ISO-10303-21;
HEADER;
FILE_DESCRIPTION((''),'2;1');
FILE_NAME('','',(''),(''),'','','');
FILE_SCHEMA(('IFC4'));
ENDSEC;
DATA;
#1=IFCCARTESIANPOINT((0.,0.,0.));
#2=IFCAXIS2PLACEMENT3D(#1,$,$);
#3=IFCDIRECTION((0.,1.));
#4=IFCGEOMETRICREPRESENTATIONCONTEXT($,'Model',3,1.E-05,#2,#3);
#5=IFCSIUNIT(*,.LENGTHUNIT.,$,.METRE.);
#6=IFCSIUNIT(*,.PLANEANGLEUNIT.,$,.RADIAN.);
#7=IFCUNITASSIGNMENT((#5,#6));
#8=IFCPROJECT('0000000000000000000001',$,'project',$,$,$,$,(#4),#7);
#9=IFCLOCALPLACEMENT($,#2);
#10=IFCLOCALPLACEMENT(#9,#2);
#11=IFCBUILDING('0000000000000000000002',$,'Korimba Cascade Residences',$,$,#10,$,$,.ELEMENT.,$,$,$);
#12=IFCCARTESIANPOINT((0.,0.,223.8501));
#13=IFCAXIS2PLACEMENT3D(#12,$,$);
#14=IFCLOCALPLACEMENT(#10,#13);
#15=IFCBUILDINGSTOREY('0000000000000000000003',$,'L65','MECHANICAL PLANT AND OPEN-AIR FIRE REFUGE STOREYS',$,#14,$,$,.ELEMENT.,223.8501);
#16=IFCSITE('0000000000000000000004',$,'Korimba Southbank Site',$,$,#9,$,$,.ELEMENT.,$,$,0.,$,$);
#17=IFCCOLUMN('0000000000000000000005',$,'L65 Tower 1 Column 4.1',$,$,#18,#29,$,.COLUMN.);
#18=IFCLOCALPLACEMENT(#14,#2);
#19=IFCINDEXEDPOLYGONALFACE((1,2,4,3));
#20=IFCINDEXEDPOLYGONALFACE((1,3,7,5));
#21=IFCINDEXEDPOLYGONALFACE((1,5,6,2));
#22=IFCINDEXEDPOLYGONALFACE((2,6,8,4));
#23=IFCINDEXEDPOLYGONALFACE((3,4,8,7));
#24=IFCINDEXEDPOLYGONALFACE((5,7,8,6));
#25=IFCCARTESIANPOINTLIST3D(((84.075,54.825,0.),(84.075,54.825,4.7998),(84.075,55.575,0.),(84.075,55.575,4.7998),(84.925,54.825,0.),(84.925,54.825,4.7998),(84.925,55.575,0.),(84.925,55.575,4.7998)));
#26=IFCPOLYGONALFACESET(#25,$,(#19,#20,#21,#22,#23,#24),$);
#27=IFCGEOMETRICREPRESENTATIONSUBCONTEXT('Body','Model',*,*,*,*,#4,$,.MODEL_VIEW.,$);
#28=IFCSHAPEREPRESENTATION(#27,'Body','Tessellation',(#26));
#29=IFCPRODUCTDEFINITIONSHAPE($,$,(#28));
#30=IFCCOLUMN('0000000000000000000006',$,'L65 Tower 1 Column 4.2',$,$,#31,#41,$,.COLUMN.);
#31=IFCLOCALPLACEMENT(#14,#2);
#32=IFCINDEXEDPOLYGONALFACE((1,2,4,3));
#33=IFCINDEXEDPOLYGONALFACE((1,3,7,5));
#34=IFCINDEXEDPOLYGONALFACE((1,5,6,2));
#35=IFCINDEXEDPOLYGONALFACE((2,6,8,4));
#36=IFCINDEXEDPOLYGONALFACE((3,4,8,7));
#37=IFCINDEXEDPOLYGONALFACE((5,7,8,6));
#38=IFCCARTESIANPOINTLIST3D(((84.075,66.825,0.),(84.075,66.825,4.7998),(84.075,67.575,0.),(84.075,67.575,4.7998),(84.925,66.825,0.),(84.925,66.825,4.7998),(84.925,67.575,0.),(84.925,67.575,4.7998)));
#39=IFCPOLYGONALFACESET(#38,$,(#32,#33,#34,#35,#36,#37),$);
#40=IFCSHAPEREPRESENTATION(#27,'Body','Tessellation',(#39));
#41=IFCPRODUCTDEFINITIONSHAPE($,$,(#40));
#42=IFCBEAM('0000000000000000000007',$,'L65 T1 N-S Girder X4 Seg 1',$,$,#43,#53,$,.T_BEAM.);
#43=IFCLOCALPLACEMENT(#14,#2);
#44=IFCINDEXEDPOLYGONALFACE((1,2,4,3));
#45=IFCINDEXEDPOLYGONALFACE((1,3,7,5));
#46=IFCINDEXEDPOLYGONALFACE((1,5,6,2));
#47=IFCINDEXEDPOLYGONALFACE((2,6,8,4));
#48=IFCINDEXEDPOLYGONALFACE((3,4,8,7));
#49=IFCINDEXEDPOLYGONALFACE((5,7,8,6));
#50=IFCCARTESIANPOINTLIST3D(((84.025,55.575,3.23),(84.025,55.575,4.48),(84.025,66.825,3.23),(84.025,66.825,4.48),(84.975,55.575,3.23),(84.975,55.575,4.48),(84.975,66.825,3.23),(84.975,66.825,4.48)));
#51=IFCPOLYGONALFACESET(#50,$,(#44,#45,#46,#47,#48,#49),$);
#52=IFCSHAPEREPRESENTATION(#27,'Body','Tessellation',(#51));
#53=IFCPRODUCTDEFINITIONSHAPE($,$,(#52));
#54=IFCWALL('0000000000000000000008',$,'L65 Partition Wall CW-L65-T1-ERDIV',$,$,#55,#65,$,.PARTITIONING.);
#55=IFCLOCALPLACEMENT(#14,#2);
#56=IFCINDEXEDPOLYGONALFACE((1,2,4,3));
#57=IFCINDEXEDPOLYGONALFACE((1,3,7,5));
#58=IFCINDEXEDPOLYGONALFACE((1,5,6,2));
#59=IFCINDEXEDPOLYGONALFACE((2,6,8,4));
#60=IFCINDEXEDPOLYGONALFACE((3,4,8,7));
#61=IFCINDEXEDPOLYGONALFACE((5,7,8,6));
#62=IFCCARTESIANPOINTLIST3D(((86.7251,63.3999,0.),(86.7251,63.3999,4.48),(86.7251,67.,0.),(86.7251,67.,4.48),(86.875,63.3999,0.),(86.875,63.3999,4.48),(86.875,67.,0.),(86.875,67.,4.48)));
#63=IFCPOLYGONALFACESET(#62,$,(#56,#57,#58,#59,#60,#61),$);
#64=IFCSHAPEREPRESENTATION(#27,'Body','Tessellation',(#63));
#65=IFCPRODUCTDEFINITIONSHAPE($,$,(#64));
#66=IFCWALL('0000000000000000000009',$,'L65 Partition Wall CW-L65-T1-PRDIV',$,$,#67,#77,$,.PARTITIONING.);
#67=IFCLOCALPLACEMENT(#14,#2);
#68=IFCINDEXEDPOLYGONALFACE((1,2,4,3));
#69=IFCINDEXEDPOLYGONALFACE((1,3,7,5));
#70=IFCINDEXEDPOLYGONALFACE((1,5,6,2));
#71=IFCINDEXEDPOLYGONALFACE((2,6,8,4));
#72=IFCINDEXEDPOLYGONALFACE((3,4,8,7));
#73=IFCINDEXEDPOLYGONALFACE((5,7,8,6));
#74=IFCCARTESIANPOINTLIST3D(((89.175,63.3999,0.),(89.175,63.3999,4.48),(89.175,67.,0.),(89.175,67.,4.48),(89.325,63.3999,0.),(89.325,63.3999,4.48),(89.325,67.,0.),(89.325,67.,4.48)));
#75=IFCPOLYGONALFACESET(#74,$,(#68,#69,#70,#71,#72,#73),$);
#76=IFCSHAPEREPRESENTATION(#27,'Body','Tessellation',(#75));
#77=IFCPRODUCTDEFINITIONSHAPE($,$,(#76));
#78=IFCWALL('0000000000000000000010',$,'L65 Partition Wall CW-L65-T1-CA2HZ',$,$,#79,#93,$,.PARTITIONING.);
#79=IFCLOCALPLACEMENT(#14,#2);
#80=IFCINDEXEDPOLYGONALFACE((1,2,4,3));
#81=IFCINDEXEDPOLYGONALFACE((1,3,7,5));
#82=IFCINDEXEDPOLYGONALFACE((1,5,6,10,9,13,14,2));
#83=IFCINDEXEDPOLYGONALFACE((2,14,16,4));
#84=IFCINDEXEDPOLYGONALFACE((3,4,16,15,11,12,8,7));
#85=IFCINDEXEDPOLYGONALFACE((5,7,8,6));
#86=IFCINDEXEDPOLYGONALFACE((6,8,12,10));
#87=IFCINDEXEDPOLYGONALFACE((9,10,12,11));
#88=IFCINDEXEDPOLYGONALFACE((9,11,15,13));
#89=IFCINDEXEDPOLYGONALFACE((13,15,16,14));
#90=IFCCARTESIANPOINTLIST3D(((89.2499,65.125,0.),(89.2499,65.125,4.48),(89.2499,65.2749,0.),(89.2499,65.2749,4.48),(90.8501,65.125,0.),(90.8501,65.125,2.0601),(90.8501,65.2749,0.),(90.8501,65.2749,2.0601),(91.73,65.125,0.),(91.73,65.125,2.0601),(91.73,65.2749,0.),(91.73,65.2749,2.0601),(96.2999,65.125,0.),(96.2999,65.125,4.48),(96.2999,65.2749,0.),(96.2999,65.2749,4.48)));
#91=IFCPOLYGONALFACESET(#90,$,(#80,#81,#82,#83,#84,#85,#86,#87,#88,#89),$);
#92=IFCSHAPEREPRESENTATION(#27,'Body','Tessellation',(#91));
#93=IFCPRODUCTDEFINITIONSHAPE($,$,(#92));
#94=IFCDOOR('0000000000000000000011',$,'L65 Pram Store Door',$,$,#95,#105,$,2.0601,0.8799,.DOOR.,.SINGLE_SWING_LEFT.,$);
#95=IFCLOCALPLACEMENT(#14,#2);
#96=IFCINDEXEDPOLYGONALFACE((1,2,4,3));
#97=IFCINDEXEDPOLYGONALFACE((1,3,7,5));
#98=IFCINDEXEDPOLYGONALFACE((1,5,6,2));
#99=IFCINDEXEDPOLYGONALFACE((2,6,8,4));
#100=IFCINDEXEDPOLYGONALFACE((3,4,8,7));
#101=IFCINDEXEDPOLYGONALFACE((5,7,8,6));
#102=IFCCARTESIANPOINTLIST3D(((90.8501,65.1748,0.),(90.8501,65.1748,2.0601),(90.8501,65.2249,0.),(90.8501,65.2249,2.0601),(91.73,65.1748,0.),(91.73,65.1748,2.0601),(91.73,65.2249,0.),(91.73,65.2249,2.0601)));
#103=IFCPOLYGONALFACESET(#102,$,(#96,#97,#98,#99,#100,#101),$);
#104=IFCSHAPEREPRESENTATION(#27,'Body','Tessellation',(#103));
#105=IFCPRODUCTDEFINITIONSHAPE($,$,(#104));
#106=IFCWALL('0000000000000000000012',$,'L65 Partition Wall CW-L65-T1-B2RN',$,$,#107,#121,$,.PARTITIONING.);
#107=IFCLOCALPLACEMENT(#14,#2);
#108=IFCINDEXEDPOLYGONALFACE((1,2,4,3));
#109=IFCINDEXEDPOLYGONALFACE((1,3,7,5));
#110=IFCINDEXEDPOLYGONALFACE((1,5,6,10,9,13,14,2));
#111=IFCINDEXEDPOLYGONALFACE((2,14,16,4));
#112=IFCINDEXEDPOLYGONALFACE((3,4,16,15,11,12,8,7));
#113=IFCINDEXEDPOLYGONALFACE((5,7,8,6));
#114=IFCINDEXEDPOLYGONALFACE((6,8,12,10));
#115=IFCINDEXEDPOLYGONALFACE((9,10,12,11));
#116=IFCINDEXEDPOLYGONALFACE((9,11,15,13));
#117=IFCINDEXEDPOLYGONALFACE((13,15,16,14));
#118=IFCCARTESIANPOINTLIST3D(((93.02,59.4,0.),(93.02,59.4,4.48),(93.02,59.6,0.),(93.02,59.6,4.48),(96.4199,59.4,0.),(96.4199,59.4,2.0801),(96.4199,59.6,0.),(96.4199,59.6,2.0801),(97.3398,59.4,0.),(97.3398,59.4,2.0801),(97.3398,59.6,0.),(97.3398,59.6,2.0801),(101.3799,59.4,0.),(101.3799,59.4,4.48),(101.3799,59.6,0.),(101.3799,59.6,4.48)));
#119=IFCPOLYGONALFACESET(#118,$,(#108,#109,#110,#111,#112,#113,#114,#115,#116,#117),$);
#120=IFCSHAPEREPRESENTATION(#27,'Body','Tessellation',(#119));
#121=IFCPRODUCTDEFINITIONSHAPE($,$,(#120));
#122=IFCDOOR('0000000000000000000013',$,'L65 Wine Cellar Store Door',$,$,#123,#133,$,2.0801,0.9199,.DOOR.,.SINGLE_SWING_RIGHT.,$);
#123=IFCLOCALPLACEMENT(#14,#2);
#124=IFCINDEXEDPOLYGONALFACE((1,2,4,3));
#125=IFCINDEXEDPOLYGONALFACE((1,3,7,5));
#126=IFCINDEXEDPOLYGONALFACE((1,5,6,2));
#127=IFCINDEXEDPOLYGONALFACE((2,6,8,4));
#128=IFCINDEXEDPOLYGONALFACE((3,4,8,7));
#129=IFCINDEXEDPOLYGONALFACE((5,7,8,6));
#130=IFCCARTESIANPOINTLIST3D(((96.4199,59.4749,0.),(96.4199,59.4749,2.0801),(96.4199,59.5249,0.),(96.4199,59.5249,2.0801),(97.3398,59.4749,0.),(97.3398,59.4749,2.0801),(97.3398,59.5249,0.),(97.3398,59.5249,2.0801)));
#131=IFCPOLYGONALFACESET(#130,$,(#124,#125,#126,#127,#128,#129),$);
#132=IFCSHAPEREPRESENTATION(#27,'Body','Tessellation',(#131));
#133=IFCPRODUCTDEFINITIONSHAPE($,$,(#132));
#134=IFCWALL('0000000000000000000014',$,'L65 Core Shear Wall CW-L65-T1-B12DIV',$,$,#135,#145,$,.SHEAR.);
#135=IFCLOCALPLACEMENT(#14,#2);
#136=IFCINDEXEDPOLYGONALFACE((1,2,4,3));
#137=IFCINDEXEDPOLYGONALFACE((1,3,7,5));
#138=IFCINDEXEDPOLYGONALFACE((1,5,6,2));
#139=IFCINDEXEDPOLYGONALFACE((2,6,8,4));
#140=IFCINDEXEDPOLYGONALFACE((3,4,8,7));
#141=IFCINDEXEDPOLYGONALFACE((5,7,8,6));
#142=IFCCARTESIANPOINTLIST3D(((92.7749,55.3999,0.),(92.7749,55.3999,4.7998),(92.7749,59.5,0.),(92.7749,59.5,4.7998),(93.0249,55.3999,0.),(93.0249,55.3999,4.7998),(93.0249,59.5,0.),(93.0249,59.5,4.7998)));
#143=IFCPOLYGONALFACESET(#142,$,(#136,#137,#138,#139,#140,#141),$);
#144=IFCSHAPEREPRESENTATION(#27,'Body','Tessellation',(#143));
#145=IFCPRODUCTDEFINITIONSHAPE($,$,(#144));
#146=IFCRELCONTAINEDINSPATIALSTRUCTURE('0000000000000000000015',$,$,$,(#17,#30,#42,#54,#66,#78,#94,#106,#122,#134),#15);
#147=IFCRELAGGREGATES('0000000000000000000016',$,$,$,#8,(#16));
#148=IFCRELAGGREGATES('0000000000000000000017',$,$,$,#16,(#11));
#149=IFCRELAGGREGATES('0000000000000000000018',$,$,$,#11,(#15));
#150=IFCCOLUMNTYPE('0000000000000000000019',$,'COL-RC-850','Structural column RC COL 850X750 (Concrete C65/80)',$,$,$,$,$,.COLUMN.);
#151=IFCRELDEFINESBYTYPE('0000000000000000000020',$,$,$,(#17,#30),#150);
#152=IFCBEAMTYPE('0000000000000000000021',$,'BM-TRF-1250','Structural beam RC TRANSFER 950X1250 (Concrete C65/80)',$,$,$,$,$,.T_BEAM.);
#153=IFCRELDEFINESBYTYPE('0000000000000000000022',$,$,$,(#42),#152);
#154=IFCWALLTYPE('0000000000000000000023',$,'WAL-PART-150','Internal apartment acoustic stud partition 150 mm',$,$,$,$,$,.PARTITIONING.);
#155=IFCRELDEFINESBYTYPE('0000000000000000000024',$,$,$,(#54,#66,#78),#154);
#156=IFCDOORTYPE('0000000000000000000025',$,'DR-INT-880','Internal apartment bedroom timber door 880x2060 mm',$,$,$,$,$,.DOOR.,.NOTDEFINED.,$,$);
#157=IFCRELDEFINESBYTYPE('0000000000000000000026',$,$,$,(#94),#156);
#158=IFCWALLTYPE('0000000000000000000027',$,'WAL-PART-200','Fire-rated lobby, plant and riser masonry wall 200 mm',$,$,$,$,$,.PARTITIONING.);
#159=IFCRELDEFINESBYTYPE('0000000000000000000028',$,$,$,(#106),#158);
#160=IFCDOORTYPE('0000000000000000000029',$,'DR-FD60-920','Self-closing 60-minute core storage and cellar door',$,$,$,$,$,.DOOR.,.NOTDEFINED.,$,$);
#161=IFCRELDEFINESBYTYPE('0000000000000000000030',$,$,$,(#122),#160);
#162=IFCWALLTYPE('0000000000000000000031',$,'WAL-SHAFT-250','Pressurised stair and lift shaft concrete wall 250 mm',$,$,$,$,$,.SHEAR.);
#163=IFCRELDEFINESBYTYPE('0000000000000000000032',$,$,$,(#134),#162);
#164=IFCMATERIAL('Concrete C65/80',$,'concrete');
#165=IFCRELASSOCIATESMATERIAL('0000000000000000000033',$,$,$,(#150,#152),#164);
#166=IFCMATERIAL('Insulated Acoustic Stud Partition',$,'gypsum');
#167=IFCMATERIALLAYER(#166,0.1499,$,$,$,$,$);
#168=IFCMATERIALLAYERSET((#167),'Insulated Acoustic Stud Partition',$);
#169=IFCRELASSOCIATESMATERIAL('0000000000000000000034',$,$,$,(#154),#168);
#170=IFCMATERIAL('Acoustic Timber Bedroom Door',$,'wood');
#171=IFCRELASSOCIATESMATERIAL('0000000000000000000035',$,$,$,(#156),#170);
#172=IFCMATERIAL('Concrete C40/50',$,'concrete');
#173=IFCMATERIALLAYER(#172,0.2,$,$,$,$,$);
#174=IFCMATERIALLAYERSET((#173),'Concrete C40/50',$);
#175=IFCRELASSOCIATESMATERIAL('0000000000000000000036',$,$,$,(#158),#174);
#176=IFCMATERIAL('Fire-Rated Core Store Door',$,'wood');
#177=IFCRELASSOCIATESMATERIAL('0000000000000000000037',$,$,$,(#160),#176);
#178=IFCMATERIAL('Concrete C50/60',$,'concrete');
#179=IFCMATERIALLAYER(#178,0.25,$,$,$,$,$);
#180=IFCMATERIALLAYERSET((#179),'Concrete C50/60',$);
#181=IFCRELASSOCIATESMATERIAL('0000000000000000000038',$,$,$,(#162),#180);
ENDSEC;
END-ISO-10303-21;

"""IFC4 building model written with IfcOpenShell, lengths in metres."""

from ifc_helpers import new_model, si_unit, direction, frame, frame_2d, origin, origin_2d, place, context, subcontext, project, spatial, rectangle, extrude, material, layer, layer_set, material_profile, profile_set, type_object, element, fill, save


model = new_model("IFC4")

# Units and contexts
model_context = context("Model", 3, precision=1e-05, world=origin(), true_north=direction((0.0, 1.0)))
body_context = subcontext(model_context, "Body", "Model", "MODEL_VIEW")
ifc_project = project(units=[si_unit("LENGTHUNIT", "METRE"), si_unit("PLANEANGLEUNIT", "RADIAN")], contexts=[model_context])

# Site, building, storey
site_placement = place(None, origin())
site = spatial("IfcSite", under=ifc_project, at=site_placement, Name="Korimba Southbank Site", CompositionType="ELEMENT", RefElevation=0.0)
building_placement = place(site_placement, origin())
building = spatial("IfcBuilding", under=site, at=building_placement, Name="Korimba Cascade Residences", CompositionType="ELEMENT")
storey_placement = place(building_placement, frame((0.0, 0.0, 223.8501)))
storey = spatial("IfcBuildingStorey", under=building, at=storey_placement, Name="L65", Description="MECHANICAL PLANT AND OPEN-AIR FIRE REFUGE STOREYS", CompositionType="ELEMENT", Elevation=223.8501)

# Columns
ifc_material_1 = material(Name="Concrete C65/80", Category="concrete")
ifc_material_profile_1 = material_profile(ifc_material_1, rectangle(XDim=0.8501, YDim=0.75, at=origin_2d()), Name="Concrete C65/80")
ifc_profile_set_1 = profile_set([ifc_material_profile_1], Name="Concrete C65/80")
column_type = type_object("IfcColumnType", Name="COL-RC-850", Description="Structural column RC COL 850X750 (Concrete C65/80)", PredefinedType="COLUMN", material=ifc_profile_set_1)
for number, where, z_axis, x_axis, name in (
    (1, (84.5, 55.2, 0.0), (0.0, 0.0, 1.0), (1.0, 0.0, 0.0), "L65 Tower 1 Column 4.1"),
    (2, (84.5, 67.2, 0.0), (0.0, 0.0, 1.0), (1.0, 0.0, 0.0), "L65 Tower 1 Column 4.2"),
):
    element("IfcColumn", number, at=place(storey_placement, frame(where, z_axis=z_axis, x_axis=x_axis)), inside=storey, type_object=column_type, Name=name, PredefinedType="COLUMN", context=body_context, shape_type="SweptSolid", body=[
        extrude(rectangle(XDim=0.8501, YDim=0.75, at=origin_2d()), origin(), (0.0, 0.0, 1.0), 4.7998),
    ])

# Beam
ifc_material_profile_2 = material_profile(ifc_material_1, rectangle(XDim=0.95, YDim=1.25, at=origin_2d()), Name="Concrete C65/80")
ifc_profile_set_2 = profile_set([ifc_material_profile_2], Name="Concrete C65/80")
beam_type = type_object("IfcBeamType", Name="BM-TRF-1250", Description="Structural beam RC TRANSFER 950X1250 (Concrete C65/80)", PredefinedType="T_BEAM", material=ifc_profile_set_2)
beam_placement = place(storey_placement, frame((84.5, 55.575, 3.855), z_axis=(0.0, 1.0, 0.0), x_axis=(-1.0, 0.0, 0.0)))
element("IfcBeam", 3, at=beam_placement, inside=storey, type_object=beam_type, Name="L65 T1 N-S Girder X4 Seg 1", PredefinedType="T_BEAM", context=body_context, shape_type="SweptSolid", body=[
    extrude(rectangle(XDim=0.95, YDim=1.25, at=origin_2d()), origin(), (0.0, 0.0, 1.0), 11.25),
])

# Walls
ifc_material_2 = material(Name="Insulated Acoustic Stud Partition", Category="gypsum")
ifc_layer_1 = layer(ifc_material_2, 0.1499)
ifc_layer_set_1 = layer_set([ifc_layer_1], Name="Insulated Acoustic Stud Partition")
wall_type_1 = type_object("IfcWallType", Name="WAL-PART-150", Description="Internal apartment acoustic stud partition 150 mm", PredefinedType="PARTITIONING", material=ifc_layer_set_1)
for number, where, z_axis, x_axis, name in (
    (4, (86.8, 63.3999, 0.0), (0.0, 0.0, 1.0), (0.0, 1.0, 0.0), "L65 Partition Wall CW-L65-T1-ERDIV"),
    (5, (89.25, 63.3999, 0.0), (0.0, 0.0, 1.0), (0.0, 1.0, 0.0), "L65 Partition Wall CW-L65-T1-PRDIV"),
):
    element("IfcWall", number, at=place(storey_placement, frame(where, z_axis=z_axis, x_axis=x_axis)), inside=storey, type_object=wall_type_1, Name=name, PredefinedType="PARTITIONING", context=body_context, shape_type="SweptSolid", body=[
        extrude(rectangle(XDim=3.6001, YDim=0.1499, at=frame_2d((1.8, 0.0))), origin(), (0.0, 0.0, 1.0), 4.48),
    ])

# Walls, openings, doors
wall_1_placement = place(storey_placement, frame((89.25, 65.2, 0.0), z_axis=(0.0, 0.0, 1.0), x_axis=(1.0, 0.0, 0.0)))
wall_1 = element("IfcWall", 6, at=wall_1_placement, inside=storey, type_object=wall_type_1, Name="L65 Partition Wall CW-L65-T1-CA2HZ", PredefinedType="PARTITIONING", context=body_context, shape_type="SweptSolid", body=[
    extrude(rectangle(XDim=7.05, YDim=0.1499, at=frame_2d((3.5249, 0.0))), origin(), (0.0, 0.0, 1.0), 4.48),
])
opening_1_placement = place(wall_1_placement, frame((1.6001, 0.0, 0.0)))
opening_1 = element("IfcOpeningElement", 7, at=opening_1_placement, cuts=wall_1, PredefinedType="OPENING", context=body_context, shape_type="SweptSolid", body=[
    extrude(rectangle(XDim=0.8799, YDim=2.0601, at=frame_2d((0.4399, 1.03))), frame((0.0, 0.085, 0.0), z_axis=(0.0, -1.0, 0.0), x_axis=(1.0, 0.0, 0.0)), (0.0, 0.0, 1.0), 0.1699),
])
ifc_material_3 = material(Name="Acoustic Timber Bedroom Door", Category="wood")
door_type_1 = type_object("IfcDoorType", Name="DR-INT-880", Description="Internal apartment bedroom timber door 880x2060 mm", OperationType="NOTDEFINED", PredefinedType="DOOR", material=ifc_material_3)
door_1_placement = place(opening_1_placement, origin())
door_1 = element("IfcDoor", 8, at=door_1_placement, inside=storey, type_object=door_type_1, Name="L65 Pram Store Door", OperationType="SINGLE_SWING_LEFT", OverallHeight=2.0601, OverallWidth=0.8799, PredefinedType="DOOR", context=body_context, shape_type="SweptSolid", body=[
    extrude(rectangle(XDim=0.8799, YDim=2.0601, at=frame_2d((0.4399, 1.03))), frame((0.0, 0.0249, 0.0), z_axis=(0.0, -1.0, 0.0), x_axis=(1.0, 0.0, 0.0)), (0.0, 0.0, 1.0), 0.05),
])
fill(opening_1, door_1)
ifc_material_4 = material(Name="Concrete C40/50", Category="concrete")
ifc_layer_2 = layer(ifc_material_4, 0.2)
ifc_layer_set_2 = layer_set([ifc_layer_2], Name="Concrete C40/50")
wall_type_2 = type_object("IfcWallType", Name="WAL-PART-200", Description="Fire-rated lobby, plant and riser masonry wall 200 mm", PredefinedType="PARTITIONING", material=ifc_layer_set_2)
wall_2_placement = place(storey_placement, frame((93.02, 59.5, 0.0), z_axis=(0.0, 0.0, 1.0), x_axis=(1.0, 0.0, 0.0)))
wall_2 = element("IfcWall", 9, at=wall_2_placement, inside=storey, type_object=wall_type_2, Name="L65 Partition Wall CW-L65-T1-B2RN", PredefinedType="PARTITIONING", context=body_context, shape_type="SweptSolid", body=[
    extrude(rectangle(XDim=8.3599, YDim=0.2, at=frame_2d((4.1799, 0.0))), origin(), (0.0, 0.0, 1.0), 4.48),
])
opening_2_placement = place(wall_2_placement, frame((3.3999, 0.0, 0.0)))
opening_2 = element("IfcOpeningElement", 10, at=opening_2_placement, cuts=wall_2, PredefinedType="OPENING", context=body_context, shape_type="SweptSolid", body=[
    extrude(rectangle(XDim=0.9199, YDim=2.0801, at=frame_2d((0.46, 1.04))), frame((0.0, 0.1099, 0.0), z_axis=(0.0, -1.0, 0.0), x_axis=(1.0, 0.0, 0.0)), (0.0, 0.0, 1.0), 0.22),
])
ifc_material_5 = material(Name="Fire-Rated Core Store Door", Category="wood")
door_type_2 = type_object("IfcDoorType", Name="DR-FD60-920", Description="Self-closing 60-minute core storage and cellar door", OperationType="NOTDEFINED", PredefinedType="DOOR", material=ifc_material_5)
door_2_placement = place(opening_2_placement, origin())
door_2 = element("IfcDoor", 11, at=door_2_placement, inside=storey, type_object=door_type_2, Name="L65 Wine Cellar Store Door", OperationType="SINGLE_SWING_RIGHT", OverallHeight=2.0801, OverallWidth=0.9199, PredefinedType="DOOR", context=body_context, shape_type="SweptSolid", body=[
    extrude(rectangle(XDim=0.9199, YDim=2.0801, at=frame_2d((0.46, 1.04))), frame((0.0, 0.0249, 0.0), z_axis=(0.0, -1.0, 0.0), x_axis=(1.0, 0.0, 0.0)), (0.0, 0.0, 1.0), 0.05),
])
fill(opening_2, door_2)

# Wall
ifc_material_6 = material(Name="Concrete C50/60", Category="concrete")
ifc_layer_3 = layer(ifc_material_6, 0.25)
ifc_layer_set_3 = layer_set([ifc_layer_3], Name="Concrete C50/60")
wall_type_3 = type_object("IfcWallType", Name="WAL-SHAFT-250", Description="Pressurised stair and lift shaft concrete wall 250 mm", PredefinedType="SHEAR", material=ifc_layer_set_3)
wall_3_placement = place(storey_placement, frame((92.8999, 55.3999, 0.0), z_axis=(0.0, 0.0, 1.0), x_axis=(0.0, 1.0, 0.0)))
element("IfcWall", 12, at=wall_3_placement, inside=storey, type_object=wall_type_3, Name="L65 Core Shear Wall CW-L65-T1-B12DIV", PredefinedType="SHEAR", context=body_context, shape_type="SweptSolid", body=[
    extrude(rectangle(XDim=4.1001, YDim=0.25, at=frame_2d((2.05, 0.0))), origin(), (0.0, 0.0, 1.0), 4.7998),
])

save(model, "model.ifc")
